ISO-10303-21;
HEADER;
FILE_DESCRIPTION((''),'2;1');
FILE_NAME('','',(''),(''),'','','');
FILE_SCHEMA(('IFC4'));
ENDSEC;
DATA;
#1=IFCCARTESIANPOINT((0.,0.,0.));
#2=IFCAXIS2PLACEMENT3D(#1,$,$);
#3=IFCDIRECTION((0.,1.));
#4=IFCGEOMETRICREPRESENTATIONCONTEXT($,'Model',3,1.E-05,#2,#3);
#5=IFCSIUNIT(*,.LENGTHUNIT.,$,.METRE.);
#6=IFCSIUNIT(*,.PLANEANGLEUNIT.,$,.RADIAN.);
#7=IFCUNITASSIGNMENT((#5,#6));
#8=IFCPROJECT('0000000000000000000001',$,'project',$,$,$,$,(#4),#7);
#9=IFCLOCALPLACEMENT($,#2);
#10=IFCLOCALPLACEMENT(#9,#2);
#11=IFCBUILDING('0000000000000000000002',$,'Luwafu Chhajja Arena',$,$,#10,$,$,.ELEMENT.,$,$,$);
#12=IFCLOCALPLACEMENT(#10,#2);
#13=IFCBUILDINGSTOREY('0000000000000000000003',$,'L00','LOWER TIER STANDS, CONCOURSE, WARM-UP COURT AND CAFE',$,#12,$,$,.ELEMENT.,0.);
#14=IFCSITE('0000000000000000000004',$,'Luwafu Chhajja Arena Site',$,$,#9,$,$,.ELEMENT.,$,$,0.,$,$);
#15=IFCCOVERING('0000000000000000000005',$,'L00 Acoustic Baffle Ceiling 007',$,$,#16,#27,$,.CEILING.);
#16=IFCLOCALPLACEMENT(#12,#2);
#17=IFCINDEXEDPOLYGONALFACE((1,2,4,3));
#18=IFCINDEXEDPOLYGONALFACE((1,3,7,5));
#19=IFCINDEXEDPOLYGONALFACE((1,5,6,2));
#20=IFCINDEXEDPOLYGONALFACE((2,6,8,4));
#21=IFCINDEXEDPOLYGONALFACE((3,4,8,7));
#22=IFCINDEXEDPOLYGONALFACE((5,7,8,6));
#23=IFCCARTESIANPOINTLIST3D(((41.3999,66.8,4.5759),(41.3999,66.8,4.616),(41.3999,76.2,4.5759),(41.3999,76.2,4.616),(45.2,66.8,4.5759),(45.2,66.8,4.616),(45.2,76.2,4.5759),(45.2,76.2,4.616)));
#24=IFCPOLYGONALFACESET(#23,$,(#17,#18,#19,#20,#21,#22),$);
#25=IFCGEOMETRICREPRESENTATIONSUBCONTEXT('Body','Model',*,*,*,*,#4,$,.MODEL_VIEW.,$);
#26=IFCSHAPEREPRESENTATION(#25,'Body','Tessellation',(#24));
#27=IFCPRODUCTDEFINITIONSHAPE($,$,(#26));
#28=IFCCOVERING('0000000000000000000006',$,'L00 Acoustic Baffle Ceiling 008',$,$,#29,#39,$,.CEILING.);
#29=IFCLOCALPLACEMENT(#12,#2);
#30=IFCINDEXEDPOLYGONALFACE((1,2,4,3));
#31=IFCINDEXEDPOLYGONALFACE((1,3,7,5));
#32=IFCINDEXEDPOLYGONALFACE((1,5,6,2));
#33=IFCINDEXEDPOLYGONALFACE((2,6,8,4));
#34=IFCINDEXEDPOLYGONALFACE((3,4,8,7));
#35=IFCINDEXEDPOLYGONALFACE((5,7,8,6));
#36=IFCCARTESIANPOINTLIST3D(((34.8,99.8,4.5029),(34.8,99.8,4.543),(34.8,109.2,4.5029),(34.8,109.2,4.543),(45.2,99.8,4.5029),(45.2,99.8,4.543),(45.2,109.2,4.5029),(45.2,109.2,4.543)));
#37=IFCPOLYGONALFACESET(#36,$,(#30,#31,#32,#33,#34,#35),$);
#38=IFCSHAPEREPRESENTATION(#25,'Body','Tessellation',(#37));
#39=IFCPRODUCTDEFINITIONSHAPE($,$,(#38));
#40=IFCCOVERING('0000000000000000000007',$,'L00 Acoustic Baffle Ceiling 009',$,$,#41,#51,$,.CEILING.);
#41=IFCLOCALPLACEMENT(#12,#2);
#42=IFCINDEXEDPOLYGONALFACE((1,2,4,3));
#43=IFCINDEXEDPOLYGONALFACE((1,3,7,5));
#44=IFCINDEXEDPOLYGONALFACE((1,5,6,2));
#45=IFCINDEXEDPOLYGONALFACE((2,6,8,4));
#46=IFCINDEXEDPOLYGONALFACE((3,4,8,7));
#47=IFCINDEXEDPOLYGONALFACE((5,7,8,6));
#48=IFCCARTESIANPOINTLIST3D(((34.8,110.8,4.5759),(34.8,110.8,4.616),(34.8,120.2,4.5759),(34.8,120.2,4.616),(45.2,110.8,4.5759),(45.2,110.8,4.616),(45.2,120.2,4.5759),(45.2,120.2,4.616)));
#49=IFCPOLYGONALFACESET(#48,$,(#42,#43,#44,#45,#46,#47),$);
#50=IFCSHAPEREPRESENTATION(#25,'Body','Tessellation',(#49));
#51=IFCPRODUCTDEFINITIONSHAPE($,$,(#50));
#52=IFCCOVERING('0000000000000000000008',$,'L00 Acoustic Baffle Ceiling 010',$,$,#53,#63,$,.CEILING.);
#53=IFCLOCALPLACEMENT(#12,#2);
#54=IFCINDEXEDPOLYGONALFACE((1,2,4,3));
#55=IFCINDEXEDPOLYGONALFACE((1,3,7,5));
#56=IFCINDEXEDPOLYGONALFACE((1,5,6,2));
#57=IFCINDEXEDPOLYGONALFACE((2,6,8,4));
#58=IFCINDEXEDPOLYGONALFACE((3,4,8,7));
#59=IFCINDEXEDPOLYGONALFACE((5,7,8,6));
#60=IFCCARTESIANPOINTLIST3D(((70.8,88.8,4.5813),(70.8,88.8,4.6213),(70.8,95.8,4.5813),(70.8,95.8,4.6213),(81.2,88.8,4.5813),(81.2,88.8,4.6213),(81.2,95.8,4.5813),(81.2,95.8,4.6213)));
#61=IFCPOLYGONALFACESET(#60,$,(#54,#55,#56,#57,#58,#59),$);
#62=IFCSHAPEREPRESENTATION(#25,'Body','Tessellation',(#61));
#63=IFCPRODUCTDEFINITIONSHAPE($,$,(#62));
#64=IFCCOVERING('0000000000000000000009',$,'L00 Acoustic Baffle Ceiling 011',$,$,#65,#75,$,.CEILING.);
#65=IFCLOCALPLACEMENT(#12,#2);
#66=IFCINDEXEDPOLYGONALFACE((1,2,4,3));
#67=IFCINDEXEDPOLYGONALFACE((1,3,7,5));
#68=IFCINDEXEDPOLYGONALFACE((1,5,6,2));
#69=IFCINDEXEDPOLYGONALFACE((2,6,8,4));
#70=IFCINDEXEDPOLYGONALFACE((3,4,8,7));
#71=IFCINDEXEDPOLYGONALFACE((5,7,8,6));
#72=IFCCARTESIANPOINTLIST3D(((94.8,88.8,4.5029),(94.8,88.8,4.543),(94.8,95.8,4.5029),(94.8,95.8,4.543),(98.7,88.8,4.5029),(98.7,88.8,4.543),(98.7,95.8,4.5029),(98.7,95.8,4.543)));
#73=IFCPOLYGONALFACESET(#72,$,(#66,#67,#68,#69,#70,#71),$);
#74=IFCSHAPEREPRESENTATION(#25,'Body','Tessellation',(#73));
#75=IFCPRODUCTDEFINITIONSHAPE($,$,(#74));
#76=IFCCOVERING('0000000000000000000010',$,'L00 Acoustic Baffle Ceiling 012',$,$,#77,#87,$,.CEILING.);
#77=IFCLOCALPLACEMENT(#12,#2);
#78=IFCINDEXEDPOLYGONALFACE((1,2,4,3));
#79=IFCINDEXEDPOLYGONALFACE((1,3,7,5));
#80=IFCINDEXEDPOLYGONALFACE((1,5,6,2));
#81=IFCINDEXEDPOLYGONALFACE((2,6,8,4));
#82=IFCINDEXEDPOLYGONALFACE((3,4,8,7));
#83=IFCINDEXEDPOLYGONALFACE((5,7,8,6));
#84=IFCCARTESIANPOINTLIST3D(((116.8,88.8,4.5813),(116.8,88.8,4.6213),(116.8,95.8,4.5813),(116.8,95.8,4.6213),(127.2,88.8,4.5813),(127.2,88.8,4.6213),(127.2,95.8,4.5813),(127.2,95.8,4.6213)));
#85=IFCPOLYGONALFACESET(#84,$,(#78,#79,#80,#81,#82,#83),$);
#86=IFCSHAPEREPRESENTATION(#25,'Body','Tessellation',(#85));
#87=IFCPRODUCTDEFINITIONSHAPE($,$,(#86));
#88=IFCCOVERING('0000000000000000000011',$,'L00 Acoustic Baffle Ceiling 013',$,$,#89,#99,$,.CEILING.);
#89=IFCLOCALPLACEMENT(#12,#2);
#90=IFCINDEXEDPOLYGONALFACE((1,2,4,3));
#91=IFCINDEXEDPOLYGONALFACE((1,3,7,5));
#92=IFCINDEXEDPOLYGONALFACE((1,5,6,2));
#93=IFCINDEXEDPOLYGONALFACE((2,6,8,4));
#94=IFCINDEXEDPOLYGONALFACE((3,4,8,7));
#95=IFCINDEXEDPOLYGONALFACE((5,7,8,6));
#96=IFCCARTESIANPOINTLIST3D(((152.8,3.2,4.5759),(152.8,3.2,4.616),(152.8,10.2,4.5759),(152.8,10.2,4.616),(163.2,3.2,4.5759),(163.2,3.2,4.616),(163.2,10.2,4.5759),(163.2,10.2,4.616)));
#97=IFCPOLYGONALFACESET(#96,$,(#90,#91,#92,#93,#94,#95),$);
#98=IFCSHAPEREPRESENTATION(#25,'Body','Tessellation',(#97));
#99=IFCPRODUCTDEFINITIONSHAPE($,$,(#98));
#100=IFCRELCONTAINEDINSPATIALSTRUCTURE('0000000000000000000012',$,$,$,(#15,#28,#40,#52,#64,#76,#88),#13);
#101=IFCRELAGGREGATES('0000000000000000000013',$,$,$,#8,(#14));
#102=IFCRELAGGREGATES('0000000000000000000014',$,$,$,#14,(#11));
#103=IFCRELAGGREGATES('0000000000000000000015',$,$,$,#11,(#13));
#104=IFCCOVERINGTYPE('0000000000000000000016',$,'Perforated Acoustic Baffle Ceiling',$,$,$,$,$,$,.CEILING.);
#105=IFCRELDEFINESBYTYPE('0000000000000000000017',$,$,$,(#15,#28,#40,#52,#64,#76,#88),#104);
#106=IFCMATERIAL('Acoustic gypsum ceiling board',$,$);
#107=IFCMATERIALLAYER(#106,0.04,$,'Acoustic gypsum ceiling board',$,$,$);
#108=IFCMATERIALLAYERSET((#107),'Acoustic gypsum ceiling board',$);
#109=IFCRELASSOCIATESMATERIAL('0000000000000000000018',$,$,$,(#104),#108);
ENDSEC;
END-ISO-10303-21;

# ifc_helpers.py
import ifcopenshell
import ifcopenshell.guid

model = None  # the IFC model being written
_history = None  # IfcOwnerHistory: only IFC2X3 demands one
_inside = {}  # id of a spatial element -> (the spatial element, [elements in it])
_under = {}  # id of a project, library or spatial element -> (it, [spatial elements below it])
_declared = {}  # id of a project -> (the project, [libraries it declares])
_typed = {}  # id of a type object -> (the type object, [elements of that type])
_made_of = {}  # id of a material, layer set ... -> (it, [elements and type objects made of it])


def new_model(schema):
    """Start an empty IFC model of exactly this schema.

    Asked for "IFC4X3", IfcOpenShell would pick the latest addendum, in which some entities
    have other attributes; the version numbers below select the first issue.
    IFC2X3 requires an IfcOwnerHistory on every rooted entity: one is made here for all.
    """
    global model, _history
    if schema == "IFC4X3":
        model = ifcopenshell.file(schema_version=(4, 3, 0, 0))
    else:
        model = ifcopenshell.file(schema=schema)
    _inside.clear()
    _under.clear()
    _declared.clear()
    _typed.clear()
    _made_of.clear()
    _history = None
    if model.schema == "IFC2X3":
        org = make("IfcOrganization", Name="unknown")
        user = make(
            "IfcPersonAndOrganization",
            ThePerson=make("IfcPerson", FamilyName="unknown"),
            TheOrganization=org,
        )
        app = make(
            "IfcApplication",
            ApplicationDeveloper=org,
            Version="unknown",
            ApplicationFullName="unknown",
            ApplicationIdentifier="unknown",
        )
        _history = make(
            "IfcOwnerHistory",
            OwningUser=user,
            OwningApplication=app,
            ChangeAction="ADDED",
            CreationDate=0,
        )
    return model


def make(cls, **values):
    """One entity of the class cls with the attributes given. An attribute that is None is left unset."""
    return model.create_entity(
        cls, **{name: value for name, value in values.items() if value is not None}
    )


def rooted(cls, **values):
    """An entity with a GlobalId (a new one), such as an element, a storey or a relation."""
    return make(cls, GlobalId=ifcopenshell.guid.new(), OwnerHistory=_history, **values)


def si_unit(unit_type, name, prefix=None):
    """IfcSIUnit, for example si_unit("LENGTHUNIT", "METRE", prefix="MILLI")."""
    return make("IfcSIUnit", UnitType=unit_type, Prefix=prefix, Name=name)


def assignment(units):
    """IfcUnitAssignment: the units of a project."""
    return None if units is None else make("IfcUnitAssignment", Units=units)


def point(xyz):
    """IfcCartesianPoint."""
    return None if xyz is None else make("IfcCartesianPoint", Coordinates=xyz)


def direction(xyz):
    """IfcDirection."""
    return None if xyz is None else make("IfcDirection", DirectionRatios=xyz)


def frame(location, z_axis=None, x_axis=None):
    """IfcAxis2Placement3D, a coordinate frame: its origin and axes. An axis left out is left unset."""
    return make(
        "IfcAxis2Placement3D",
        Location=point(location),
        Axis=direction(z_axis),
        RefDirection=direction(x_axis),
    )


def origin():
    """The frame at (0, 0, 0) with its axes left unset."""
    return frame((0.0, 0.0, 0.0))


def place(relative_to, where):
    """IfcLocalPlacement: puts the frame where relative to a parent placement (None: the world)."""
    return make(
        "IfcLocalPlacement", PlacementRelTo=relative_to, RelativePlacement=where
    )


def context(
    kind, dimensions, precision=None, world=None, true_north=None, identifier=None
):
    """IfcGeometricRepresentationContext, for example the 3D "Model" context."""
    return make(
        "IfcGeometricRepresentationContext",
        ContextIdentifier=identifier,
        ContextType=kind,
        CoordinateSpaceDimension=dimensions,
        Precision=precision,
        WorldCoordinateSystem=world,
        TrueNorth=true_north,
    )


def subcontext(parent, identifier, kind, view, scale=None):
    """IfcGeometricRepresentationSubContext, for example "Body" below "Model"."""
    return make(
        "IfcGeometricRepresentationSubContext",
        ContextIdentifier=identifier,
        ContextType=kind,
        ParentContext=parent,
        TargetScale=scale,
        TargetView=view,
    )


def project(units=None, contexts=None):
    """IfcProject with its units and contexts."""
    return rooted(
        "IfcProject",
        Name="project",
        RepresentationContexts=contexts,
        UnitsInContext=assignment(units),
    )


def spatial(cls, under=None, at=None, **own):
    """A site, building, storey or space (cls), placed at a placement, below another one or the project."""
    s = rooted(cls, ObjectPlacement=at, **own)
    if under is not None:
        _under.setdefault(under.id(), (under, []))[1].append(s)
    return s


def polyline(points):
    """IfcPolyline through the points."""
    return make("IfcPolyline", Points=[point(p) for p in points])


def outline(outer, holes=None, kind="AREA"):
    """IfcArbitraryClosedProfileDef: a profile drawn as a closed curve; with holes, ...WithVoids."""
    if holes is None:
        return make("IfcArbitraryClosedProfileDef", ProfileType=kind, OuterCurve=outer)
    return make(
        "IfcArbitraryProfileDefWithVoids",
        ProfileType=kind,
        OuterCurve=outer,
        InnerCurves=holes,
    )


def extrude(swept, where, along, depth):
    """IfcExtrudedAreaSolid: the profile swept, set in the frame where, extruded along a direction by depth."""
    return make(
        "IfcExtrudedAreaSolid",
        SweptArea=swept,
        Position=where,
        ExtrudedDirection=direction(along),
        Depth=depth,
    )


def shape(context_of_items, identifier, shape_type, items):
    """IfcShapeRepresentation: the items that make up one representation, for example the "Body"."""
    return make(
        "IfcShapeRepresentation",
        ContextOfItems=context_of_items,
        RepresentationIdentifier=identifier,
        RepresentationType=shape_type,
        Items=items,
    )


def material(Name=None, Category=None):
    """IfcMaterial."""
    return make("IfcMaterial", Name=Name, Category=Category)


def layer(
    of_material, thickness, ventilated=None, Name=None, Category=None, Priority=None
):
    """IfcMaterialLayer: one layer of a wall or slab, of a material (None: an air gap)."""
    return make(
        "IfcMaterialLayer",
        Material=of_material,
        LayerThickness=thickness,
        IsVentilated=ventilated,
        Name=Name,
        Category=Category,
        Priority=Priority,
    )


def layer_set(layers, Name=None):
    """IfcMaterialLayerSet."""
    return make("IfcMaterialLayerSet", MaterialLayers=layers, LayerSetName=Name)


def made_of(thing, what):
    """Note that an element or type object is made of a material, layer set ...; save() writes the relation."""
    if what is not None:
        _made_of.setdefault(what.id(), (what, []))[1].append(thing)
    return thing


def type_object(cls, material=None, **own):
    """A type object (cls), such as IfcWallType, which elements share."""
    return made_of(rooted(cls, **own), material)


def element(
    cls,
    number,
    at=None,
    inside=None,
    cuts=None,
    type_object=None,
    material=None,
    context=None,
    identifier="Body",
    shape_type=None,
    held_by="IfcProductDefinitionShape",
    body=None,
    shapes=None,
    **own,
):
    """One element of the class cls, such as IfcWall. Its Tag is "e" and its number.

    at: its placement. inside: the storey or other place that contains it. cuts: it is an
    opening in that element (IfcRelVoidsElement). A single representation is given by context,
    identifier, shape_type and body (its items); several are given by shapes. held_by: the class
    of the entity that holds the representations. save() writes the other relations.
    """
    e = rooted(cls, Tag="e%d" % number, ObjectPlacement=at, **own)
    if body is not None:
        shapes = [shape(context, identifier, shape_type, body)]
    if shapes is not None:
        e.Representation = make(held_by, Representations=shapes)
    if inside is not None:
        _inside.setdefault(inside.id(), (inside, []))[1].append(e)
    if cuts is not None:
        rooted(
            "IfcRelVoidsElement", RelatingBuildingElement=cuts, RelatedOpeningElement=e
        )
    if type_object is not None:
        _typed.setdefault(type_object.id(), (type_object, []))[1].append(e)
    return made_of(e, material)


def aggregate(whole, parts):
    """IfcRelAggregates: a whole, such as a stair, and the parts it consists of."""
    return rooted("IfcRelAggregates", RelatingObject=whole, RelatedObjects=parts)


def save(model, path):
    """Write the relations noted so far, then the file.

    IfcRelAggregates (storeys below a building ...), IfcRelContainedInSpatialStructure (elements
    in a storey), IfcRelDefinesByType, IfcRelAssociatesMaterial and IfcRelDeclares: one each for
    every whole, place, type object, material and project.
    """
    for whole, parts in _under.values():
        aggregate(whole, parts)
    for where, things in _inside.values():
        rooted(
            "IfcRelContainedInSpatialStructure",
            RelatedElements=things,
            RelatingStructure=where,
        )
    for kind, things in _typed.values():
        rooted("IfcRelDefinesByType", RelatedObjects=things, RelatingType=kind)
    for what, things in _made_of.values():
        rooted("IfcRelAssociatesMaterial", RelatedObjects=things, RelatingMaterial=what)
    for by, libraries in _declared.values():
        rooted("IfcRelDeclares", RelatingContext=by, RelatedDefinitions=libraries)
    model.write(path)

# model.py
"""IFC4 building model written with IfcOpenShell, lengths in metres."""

from ifc_helpers import new_model, si_unit, direction, frame, origin, place, context, subcontext, project, spatial, polyline, outline, extrude, material, layer, layer_set, type_object, element, save


model = new_model("IFC4")

# Units and contexts
model_context = context("Model", 3, precision=1e-05, world=origin(), true_north=direction((0.0, 1.0)))
body_context = subcontext(model_context, "Body", "Model", "MODEL_VIEW")
ifc_project = project(units=[si_unit("LENGTHUNIT", "METRE"), si_unit("PLANEANGLEUNIT", "RADIAN")], contexts=[model_context])

# Site, building, storey
site_placement = place(None, origin())
site = spatial("IfcSite", under=ifc_project, at=site_placement, Name="Luwafu Chhajja Arena Site", CompositionType="ELEMENT", RefElevation=0.0)
building_placement = place(site_placement, origin())
building = spatial("IfcBuilding", under=site, at=building_placement, Name="Luwafu Chhajja Arena", CompositionType="ELEMENT")
storey_placement = place(building_placement, origin())
storey = spatial("IfcBuildingStorey", under=building, at=storey_placement, Name="L00", Description="LOWER TIER STANDS, CONCOURSE, WARM-UP COURT AND CAFE", CompositionType="ELEMENT", Elevation=0.0)

# Coverings
ifc_material_1 = material(Name="Acoustic gypsum ceiling board")
ifc_layer_1 = layer(ifc_material_1, 0.04, Name="Acoustic gypsum ceiling board")
ifc_layer_set_1 = layer_set([ifc_layer_1], Name="Acoustic gypsum ceiling board")
covering_type = type_object("IfcCoveringType", Name="Perforated Acoustic Baffle Ceiling", PredefinedType="CEILING", material=ifc_layer_set_1)
covering_1_placement = place(storey_placement, frame((0.0, 0.0, 4.5759)))
element("IfcCovering", 1, at=covering_1_placement, inside=storey, type_object=covering_type, Name="L00 Acoustic Baffle Ceiling 007", PredefinedType="CEILING", context=body_context, shape_type="SweptSolid", body=[
    extrude(outline(polyline([(41.3999, 66.8), (45.2, 66.8), (45.2, 76.2), (41.3999, 76.2), (41.3999, 66.8)])), origin(), (0.0, 0.0, 1.0), 0.04),
])
covering_2_placement = place(storey_placement, frame((0.0, 0.0, 4.5029)))
element("IfcCovering", 2, at=covering_2_placement, inside=storey, type_object=covering_type, Name="L00 Acoustic Baffle Ceiling 008", PredefinedType="CEILING", context=body_context, shape_type="SweptSolid", body=[
    extrude(outline(polyline([(34.8, 99.8), (45.2, 99.8), (45.2, 109.2), (34.8, 109.2), (34.8, 99.8)])), origin(), (0.0, 0.0, 1.0), 0.04),
])
covering_3_placement = place(storey_placement, frame((0.0, 0.0, 4.5759)))
element("IfcCovering", 3, at=covering_3_placement, inside=storey, type_object=covering_type, Name="L00 Acoustic Baffle Ceiling 009", PredefinedType="CEILING", context=body_context, shape_type="SweptSolid", body=[
    extrude(outline(polyline([(34.8, 110.8), (45.2, 110.8), (45.2, 120.2), (34.8, 120.2), (34.8, 110.8)])), origin(), (0.0, 0.0, 1.0), 0.04),
])
covering_4_placement = place(storey_placement, frame((0.0, 0.0, 4.5813)))
element("IfcCovering", 4, at=covering_4_placement, inside=storey, type_object=covering_type, Name="L00 Acoustic Baffle Ceiling 010", PredefinedType="CEILING", context=body_context, shape_type="SweptSolid", body=[
    extrude(outline(polyline([(70.8, 88.8), (81.2, 88.8), (81.2, 95.8), (70.8, 95.8), (70.8, 88.8)])), origin(), (0.0, 0.0, 1.0), 0.04),
])
covering_5_placement = place(storey_placement, frame((0.0, 0.0, 4.5029)))
element("IfcCovering", 5, at=covering_5_placement, inside=storey, type_object=covering_type, Name="L00 Acoustic Baffle Ceiling 011", PredefinedType="CEILING", context=body_context, shape_type="SweptSolid", body=[
    extrude(outline(polyline([(94.8, 88.8), (98.7, 88.8), (98.7, 95.8), (94.8, 95.8), (94.8, 88.8)])), origin(), (0.0, 0.0, 1.0), 0.04),
])
covering_6_placement = place(storey_placement, frame((0.0, 0.0, 4.5813)))
element("IfcCovering", 6, at=covering_6_placement, inside=storey, type_object=covering_type, Name="L00 Acoustic Baffle Ceiling 012", PredefinedType="CEILING", context=body_context, shape_type="SweptSolid", body=[
    extrude(outline(polyline([(116.8, 88.8), (127.2, 88.8), (127.2, 95.8), (116.8, 95.8), (116.8, 88.8)])), origin(), (0.0, 0.0, 1.0), 0.04),
])
covering_7_placement = place(storey_placement, frame((0.0, 0.0, 4.5759)))
element("IfcCovering", 7, at=covering_7_placement, inside=storey, type_object=covering_type, Name="L00 Acoustic Baffle Ceiling 013", PredefinedType="CEILING", context=body_context, shape_type="SweptSolid", body=[
    extrude(outline(polyline([(152.8, 3.2), (163.2, 3.2), (163.2, 10.2), (152.8, 10.2), (152.8, 3.2)])), origin(), (0.0, 0.0, 1.0), 0.04),
])

save(model, "model.ifc")
